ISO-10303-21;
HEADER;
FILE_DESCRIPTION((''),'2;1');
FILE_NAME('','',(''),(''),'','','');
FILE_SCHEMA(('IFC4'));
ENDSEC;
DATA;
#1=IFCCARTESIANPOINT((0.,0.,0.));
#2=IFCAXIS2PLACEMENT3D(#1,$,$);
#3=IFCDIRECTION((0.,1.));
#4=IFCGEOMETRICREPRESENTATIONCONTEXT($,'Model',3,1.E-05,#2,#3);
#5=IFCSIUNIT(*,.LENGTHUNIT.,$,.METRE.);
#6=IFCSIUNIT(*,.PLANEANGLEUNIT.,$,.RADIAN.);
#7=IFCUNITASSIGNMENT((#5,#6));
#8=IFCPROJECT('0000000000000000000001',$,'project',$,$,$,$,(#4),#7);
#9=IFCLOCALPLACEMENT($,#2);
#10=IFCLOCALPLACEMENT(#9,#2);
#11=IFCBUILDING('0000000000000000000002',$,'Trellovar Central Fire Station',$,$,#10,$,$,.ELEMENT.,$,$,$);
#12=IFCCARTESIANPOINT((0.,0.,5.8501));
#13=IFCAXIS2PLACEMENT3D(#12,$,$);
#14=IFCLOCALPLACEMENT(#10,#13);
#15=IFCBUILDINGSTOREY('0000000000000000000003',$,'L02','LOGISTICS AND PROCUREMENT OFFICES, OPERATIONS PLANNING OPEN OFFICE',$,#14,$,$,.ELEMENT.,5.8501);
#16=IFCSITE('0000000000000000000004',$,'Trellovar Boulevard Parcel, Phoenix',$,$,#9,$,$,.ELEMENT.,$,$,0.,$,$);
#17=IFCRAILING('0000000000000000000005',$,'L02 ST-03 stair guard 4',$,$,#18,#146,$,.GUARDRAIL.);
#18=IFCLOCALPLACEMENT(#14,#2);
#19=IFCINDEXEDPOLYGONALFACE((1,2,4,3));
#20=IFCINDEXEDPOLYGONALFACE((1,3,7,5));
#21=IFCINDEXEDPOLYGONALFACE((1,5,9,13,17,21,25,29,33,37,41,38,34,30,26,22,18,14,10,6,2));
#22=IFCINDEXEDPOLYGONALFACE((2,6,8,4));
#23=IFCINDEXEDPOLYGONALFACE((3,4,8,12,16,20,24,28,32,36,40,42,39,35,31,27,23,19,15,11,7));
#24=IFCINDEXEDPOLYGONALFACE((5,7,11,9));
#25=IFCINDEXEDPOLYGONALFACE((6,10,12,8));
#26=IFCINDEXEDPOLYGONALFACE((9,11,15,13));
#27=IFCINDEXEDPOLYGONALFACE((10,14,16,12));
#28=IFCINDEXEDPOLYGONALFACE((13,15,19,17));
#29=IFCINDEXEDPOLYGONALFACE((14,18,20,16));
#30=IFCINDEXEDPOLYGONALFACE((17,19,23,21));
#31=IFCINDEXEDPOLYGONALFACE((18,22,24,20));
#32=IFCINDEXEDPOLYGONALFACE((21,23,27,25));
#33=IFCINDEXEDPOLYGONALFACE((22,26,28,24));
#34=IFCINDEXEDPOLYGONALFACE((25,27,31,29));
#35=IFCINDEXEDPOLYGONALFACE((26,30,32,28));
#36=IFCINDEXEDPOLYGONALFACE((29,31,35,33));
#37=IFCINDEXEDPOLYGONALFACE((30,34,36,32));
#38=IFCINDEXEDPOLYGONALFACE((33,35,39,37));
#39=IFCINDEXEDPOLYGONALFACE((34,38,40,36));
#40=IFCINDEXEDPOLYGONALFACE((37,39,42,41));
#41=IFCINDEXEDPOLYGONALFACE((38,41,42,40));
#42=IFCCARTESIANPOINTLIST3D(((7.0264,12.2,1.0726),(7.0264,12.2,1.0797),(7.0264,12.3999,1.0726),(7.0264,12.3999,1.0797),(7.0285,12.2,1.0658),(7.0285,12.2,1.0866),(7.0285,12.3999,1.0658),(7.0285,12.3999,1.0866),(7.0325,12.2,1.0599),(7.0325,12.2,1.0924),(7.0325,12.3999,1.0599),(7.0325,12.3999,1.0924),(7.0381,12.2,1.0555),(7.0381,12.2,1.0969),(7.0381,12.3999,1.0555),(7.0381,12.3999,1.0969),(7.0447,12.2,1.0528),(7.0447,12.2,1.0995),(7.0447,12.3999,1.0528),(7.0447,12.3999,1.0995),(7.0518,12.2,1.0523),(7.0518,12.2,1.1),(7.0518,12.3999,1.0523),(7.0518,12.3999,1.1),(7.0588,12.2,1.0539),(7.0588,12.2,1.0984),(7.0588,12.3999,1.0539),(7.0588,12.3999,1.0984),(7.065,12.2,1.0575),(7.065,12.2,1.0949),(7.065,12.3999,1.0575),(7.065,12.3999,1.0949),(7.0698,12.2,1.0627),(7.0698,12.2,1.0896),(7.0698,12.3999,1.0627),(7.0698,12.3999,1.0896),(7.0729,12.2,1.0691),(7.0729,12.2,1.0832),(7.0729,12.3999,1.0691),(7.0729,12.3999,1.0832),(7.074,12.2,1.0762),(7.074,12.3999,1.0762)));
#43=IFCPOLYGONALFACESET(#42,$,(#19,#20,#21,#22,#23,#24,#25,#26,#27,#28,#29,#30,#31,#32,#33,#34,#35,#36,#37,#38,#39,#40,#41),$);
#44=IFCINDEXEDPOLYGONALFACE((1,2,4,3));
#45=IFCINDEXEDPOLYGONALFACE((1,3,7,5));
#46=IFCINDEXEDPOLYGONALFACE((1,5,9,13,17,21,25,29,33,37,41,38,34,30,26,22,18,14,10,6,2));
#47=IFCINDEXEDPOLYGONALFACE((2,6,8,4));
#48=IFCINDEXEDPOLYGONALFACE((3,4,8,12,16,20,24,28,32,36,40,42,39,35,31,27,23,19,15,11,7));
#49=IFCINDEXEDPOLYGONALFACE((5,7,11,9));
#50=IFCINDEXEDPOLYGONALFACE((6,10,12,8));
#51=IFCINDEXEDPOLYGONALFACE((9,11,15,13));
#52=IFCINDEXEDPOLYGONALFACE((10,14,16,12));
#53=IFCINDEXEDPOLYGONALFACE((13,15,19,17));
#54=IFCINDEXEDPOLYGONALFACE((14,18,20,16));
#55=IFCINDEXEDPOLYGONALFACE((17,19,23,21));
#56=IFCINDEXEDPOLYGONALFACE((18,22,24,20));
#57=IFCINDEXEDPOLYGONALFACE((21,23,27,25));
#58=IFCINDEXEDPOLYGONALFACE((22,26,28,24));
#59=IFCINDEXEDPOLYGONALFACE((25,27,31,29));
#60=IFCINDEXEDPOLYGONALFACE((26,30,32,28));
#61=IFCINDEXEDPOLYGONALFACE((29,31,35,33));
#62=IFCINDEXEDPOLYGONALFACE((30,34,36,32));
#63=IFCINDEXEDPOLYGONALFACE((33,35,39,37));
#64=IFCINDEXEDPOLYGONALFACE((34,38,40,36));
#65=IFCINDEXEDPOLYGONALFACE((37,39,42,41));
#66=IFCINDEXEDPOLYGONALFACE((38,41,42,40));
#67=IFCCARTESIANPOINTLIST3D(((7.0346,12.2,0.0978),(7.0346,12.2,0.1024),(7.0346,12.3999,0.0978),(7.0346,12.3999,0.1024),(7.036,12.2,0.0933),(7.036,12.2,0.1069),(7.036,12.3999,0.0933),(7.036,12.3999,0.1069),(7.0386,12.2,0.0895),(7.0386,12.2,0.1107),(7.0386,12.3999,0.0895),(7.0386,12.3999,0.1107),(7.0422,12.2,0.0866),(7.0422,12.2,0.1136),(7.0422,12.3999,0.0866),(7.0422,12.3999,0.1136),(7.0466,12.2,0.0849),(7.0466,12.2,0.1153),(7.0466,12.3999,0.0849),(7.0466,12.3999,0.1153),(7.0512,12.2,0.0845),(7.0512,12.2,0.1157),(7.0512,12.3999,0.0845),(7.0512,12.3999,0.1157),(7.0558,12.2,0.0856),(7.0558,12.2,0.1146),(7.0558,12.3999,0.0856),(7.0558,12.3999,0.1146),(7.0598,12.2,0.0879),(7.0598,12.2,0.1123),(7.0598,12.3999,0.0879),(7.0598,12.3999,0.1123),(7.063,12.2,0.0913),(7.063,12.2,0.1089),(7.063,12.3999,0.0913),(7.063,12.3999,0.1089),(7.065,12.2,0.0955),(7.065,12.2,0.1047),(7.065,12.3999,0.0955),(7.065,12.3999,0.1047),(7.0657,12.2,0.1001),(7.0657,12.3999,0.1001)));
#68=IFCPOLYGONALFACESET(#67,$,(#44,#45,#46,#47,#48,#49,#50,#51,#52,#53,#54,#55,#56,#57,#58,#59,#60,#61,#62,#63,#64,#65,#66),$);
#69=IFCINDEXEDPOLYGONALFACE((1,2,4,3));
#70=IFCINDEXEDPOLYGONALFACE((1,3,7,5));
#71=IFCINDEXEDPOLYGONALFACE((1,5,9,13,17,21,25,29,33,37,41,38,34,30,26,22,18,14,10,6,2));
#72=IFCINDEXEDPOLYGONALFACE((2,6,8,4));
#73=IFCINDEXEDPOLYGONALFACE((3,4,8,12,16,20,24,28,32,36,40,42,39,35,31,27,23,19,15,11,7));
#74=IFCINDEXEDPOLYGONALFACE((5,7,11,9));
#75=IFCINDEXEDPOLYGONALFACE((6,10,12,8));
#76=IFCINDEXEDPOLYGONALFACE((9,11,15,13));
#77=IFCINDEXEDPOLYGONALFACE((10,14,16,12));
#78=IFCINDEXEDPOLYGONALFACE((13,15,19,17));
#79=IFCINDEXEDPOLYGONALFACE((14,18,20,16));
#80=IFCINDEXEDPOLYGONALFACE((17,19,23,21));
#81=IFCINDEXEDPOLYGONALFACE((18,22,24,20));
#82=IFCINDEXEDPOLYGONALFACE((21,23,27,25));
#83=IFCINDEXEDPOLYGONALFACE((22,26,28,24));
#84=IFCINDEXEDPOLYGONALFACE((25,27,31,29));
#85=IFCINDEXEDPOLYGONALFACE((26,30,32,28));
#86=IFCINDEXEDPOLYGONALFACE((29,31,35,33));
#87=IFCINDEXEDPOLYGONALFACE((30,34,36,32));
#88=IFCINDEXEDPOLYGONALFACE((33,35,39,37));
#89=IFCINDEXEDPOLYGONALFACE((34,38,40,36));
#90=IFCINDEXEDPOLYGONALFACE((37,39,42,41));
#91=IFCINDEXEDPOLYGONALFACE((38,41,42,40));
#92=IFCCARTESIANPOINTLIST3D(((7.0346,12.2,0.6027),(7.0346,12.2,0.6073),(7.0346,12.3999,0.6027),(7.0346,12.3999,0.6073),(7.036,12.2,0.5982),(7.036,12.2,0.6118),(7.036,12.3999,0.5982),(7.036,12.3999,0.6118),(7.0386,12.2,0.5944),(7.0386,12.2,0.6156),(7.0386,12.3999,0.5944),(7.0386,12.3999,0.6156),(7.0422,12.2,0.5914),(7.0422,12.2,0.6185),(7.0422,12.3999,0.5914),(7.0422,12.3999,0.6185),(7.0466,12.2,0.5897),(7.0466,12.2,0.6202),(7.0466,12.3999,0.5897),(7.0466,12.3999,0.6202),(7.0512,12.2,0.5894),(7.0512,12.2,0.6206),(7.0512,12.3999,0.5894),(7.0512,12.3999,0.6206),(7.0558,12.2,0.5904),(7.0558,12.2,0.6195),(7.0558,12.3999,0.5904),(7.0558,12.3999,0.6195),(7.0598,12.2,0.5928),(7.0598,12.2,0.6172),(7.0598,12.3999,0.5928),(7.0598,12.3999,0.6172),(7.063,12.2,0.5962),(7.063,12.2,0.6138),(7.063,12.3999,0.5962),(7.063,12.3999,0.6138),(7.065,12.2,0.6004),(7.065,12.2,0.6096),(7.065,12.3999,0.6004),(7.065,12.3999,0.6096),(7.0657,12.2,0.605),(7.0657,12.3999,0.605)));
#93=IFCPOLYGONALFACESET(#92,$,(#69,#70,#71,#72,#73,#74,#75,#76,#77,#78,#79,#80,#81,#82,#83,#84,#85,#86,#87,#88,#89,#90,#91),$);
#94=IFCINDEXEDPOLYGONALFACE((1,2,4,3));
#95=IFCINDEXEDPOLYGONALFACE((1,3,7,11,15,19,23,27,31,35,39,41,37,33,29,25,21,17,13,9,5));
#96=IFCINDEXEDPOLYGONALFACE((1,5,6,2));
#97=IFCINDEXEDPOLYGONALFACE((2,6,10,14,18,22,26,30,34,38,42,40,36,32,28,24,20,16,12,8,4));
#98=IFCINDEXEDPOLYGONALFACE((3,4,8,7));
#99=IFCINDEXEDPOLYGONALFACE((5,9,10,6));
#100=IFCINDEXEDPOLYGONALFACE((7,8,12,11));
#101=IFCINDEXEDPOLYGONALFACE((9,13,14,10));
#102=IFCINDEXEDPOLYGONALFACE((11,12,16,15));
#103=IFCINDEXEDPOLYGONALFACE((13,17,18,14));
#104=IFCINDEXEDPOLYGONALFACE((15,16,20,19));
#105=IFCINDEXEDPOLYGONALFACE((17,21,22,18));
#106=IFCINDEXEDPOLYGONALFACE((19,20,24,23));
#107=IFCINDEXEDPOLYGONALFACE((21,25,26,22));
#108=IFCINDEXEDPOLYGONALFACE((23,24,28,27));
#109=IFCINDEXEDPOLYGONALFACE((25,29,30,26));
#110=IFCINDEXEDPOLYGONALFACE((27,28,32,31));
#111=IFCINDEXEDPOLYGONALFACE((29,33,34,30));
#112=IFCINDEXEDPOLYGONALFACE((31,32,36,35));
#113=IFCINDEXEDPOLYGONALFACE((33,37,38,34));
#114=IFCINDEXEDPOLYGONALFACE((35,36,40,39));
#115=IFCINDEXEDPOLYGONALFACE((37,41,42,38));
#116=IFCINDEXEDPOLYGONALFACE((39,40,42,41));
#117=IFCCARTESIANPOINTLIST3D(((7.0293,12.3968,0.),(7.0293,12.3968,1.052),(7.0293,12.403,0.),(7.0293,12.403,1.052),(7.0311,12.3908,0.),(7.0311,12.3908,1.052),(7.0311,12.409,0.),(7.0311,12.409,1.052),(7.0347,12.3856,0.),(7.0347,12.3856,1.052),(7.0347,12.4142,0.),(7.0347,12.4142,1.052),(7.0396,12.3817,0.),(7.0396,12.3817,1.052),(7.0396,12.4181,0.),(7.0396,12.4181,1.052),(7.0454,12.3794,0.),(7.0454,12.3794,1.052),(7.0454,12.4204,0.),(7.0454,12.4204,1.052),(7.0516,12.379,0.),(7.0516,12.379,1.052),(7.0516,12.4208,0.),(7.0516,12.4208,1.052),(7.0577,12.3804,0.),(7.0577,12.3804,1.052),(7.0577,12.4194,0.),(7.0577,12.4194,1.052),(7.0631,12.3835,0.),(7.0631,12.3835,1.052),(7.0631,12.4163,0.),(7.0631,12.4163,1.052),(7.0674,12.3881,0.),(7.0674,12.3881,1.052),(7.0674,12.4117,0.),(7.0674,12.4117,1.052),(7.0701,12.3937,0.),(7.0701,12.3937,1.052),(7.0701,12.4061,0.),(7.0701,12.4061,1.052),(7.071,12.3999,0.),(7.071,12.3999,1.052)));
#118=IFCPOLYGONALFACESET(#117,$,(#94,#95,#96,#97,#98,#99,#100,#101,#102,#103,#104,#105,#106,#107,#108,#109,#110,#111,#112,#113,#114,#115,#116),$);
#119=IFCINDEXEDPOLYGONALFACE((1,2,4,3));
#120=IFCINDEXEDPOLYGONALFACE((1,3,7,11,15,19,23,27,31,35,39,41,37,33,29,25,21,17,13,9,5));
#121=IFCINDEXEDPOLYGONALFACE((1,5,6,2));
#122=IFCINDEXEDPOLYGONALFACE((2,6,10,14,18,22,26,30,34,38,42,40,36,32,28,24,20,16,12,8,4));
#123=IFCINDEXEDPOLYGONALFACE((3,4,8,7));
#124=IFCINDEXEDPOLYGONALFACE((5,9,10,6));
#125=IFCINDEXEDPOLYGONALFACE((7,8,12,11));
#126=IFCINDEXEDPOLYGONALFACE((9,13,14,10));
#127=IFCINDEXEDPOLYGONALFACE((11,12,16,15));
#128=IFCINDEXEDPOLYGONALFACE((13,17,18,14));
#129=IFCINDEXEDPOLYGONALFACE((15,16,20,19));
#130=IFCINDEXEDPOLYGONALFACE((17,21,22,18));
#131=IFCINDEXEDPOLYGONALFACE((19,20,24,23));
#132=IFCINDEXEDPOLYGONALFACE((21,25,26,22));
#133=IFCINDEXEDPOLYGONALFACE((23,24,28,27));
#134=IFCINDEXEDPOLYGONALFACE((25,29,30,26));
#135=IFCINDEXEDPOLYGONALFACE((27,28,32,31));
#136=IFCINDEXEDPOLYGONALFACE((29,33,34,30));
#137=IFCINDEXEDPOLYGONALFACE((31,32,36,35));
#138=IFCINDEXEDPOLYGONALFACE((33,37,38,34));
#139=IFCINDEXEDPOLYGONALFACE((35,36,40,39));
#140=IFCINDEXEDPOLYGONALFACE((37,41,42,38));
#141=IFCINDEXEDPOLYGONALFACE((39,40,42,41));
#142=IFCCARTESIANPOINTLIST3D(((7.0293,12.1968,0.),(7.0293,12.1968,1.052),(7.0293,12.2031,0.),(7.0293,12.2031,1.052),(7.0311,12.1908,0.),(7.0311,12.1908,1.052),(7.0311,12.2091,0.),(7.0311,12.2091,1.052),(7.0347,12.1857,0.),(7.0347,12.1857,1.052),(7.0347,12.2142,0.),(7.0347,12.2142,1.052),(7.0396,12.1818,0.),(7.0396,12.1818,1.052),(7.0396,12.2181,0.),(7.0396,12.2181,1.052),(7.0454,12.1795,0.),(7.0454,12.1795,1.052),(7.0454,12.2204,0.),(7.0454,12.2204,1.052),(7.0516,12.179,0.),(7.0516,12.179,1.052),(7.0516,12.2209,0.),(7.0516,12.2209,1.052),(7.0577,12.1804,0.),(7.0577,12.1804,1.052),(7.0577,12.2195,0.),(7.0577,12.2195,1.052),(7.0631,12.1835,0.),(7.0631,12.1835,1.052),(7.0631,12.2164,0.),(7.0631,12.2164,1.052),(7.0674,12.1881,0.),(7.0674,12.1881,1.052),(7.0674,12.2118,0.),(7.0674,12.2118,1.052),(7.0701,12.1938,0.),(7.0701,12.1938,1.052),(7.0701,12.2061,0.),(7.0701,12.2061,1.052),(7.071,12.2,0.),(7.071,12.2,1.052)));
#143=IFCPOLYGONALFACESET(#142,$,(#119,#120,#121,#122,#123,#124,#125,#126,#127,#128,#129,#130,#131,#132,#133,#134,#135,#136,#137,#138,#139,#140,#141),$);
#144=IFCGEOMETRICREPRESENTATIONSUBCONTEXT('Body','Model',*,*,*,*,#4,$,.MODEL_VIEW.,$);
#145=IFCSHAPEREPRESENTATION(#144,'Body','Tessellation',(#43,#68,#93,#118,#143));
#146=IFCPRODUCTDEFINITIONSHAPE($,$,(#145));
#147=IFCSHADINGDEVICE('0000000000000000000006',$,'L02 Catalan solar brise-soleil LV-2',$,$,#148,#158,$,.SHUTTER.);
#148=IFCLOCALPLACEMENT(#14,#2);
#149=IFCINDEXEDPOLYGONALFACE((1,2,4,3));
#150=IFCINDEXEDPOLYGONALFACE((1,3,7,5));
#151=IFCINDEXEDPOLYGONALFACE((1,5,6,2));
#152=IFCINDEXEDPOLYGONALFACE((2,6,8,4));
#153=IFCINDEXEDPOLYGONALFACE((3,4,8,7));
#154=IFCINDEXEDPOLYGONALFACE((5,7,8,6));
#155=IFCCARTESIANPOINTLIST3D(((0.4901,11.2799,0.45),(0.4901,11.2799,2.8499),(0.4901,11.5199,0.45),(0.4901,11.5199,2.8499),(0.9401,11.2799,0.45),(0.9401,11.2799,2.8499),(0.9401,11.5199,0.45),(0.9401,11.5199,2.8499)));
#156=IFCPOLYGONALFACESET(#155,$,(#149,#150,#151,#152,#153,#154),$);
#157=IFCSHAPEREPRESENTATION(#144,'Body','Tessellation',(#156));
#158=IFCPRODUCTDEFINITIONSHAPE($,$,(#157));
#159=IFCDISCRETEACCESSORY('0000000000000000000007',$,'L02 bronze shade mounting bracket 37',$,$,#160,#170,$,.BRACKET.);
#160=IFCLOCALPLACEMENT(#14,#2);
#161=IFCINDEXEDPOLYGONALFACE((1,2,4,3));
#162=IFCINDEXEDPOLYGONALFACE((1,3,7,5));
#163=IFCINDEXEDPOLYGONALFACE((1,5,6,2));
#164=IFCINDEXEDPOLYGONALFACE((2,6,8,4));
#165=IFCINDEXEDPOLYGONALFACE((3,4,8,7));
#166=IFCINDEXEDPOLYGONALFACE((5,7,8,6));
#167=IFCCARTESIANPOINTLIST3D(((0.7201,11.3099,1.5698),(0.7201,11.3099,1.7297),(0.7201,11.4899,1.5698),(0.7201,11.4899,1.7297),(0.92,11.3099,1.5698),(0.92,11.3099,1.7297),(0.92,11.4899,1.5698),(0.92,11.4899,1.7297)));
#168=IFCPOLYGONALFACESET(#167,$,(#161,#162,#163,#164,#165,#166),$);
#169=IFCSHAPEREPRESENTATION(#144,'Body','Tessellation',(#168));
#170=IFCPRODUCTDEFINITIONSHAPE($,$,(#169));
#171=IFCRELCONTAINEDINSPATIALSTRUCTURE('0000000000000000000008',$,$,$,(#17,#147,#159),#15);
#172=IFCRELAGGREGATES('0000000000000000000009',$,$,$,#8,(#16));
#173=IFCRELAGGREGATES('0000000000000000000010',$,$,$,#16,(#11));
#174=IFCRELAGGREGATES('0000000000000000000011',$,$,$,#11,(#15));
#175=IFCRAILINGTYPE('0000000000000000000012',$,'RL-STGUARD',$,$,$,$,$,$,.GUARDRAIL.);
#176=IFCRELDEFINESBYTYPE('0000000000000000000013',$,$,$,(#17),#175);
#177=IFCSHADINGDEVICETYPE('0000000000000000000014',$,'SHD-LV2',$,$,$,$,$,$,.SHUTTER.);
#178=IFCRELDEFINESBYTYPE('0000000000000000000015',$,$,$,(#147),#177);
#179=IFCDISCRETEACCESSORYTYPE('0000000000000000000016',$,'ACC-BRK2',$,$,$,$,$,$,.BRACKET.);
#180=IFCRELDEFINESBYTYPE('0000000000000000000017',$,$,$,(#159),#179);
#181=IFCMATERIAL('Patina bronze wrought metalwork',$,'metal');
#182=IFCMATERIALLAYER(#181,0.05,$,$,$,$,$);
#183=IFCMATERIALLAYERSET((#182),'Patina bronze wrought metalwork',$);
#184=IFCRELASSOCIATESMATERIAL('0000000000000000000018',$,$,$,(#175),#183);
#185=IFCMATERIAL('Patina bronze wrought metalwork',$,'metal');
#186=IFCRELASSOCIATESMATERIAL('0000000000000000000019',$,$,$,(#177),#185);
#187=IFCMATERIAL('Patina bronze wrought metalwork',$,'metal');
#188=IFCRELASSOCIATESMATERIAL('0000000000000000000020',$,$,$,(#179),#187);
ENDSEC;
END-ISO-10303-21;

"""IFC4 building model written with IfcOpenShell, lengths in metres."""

from ifc_helpers import new_model, si_unit, direction, frame, origin, origin_2d, place, context, subcontext, project, spatial, rectangle, circle, extrude, material, layer, layer_set, type_object, element, save


model = new_model("IFC4")

# Units and contexts
model_context = context("Model", 3, precision=1e-05, world=origin(), true_north=direction((0.0, 1.0)))
body_context = subcontext(model_context, "Body", "Model", "MODEL_VIEW")
ifc_project = project(units=[si_unit("LENGTHUNIT", "METRE"), si_unit("PLANEANGLEUNIT", "RADIAN")], contexts=[model_context])

# Site, building, storey
site_placement = place(None, origin())
site = spatial("IfcSite", under=ifc_project, at=site_placement, Name="Trellovar Boulevard Parcel, Phoenix", CompositionType="ELEMENT", RefElevation=0.0)
building_placement = place(site_placement, origin())
building = spatial("IfcBuilding", under=site, at=building_placement, Name="Trellovar Central Fire Station", CompositionType="ELEMENT")
storey_placement = place(building_placement, frame((0.0, 0.0, 5.8501)))
storey = spatial("IfcBuildingStorey", under=building, at=storey_placement, Name="L02", Description="LOGISTICS AND PROCUREMENT OFFICES, OPERATIONS PLANNING OPEN OFFICE", CompositionType="ELEMENT", Elevation=5.8501)

# Railing
ifc_material_1 = material(Name="Patina bronze wrought metalwork", Category="metal")
ifc_layer_1 = layer(ifc_material_1, 0.05)
ifc_layer_set_1 = layer_set([ifc_layer_1], Name="Patina bronze wrought metalwork")
railing_type_1 = type_object("IfcRailingType", Name="RL-STGUARD", PredefinedType="GUARDRAIL", material=ifc_layer_set_1)
railing_1_placement = place(storey_placement, frame((7.05, 12.3999, 0.0)))
element("IfcRailing", 1, at=railing_1_placement, inside=storey, type_object=railing_type_1, Name="L02 ST-03 stair guard 4", PredefinedType="GUARDRAIL", context=body_context, shape_type="SweptSolid", body=[
    extrude(circle(Radius=0.0239, at=origin_2d()), frame((0.0, 0.0, 1.0762), z_axis=(0.0, -1.0, 0.0), x_axis=(1.0, 0.0, 0.0)), (0.0, 0.0, 1.0), 0.2),
    extrude(circle(Radius=0.0156, at=origin_2d()), frame((0.0, 0.0, 0.1001), z_axis=(0.0, -1.0, 0.0), x_axis=(1.0, 0.0, 0.0)), (0.0, 0.0, 1.0), 0.2),
    extrude(circle(Radius=0.0156, at=origin_2d()), frame((0.0, 0.0, 0.605), z_axis=(0.0, -1.0, 0.0), x_axis=(1.0, 0.0, 0.0)), (0.0, 0.0, 1.0), 0.2),
    extrude(circle(Radius=0.021, at=origin_2d()), origin(), (0.0, 0.0, 1.0), 1.052),
    extrude(circle(Radius=0.021, at=origin_2d()), frame((0.0, -0.2, 0.0)), (0.0, 0.0, 1.0), 1.052),
])

# Shading device
ifc_material_2 = material(Name="Patina bronze wrought metalwork", Category="metal")
shading_device_type = type_object("IfcShadingDeviceType", Name="SHD-LV2", PredefinedType="SHUTTER", material=ifc_material_2)
shading_device_placement = place(storey_placement, frame((0.7151, 11.3999, 0.45), z_axis=(0.0, 0.0, 1.0), x_axis=(1.0, 0.0, 0.0)))
element("IfcShadingDevice", 2, at=shading_device_placement, inside=storey, type_object=shading_device_type, Name="L02 Catalan solar brise-soleil LV-2", PredefinedType="SHUTTER", context=body_context, shape_type="SweptSolid", body=[
    extrude(rectangle(XDim=0.45, YDim=0.24, at=origin_2d()), origin(), (0.0, 0.0, 1.0), 2.3999),
])

# Discrete accessory
ifc_material_3 = material(Name="Patina bronze wrought metalwork", Category="metal")
discrete_accessory_type = type_object("IfcDiscreteAccessoryType", Name="ACC-BRK2", PredefinedType="BRACKET", material=ifc_material_3)
discrete_accessory_placement = place(storey_placement, frame((0.8201, 11.3999, 1.5698), z_axis=(0.0, 0.0, 1.0), x_axis=(1.0, 0.0, 0.0)))
element("IfcDiscreteAccessory", 3, at=discrete_accessory_placement, inside=storey, type_object=discrete_accessory_type, Name="L02 bronze shade mounting bracket 37", PredefinedType="BRACKET", context=body_context, shape_type="SweptSolid", body=[
    extrude(rectangle(XDim=0.2, YDim=0.1799, at=origin_2d()), origin(), (0.0, 0.0, 1.0), 0.1599),
])

save(model, "model.ifc")
